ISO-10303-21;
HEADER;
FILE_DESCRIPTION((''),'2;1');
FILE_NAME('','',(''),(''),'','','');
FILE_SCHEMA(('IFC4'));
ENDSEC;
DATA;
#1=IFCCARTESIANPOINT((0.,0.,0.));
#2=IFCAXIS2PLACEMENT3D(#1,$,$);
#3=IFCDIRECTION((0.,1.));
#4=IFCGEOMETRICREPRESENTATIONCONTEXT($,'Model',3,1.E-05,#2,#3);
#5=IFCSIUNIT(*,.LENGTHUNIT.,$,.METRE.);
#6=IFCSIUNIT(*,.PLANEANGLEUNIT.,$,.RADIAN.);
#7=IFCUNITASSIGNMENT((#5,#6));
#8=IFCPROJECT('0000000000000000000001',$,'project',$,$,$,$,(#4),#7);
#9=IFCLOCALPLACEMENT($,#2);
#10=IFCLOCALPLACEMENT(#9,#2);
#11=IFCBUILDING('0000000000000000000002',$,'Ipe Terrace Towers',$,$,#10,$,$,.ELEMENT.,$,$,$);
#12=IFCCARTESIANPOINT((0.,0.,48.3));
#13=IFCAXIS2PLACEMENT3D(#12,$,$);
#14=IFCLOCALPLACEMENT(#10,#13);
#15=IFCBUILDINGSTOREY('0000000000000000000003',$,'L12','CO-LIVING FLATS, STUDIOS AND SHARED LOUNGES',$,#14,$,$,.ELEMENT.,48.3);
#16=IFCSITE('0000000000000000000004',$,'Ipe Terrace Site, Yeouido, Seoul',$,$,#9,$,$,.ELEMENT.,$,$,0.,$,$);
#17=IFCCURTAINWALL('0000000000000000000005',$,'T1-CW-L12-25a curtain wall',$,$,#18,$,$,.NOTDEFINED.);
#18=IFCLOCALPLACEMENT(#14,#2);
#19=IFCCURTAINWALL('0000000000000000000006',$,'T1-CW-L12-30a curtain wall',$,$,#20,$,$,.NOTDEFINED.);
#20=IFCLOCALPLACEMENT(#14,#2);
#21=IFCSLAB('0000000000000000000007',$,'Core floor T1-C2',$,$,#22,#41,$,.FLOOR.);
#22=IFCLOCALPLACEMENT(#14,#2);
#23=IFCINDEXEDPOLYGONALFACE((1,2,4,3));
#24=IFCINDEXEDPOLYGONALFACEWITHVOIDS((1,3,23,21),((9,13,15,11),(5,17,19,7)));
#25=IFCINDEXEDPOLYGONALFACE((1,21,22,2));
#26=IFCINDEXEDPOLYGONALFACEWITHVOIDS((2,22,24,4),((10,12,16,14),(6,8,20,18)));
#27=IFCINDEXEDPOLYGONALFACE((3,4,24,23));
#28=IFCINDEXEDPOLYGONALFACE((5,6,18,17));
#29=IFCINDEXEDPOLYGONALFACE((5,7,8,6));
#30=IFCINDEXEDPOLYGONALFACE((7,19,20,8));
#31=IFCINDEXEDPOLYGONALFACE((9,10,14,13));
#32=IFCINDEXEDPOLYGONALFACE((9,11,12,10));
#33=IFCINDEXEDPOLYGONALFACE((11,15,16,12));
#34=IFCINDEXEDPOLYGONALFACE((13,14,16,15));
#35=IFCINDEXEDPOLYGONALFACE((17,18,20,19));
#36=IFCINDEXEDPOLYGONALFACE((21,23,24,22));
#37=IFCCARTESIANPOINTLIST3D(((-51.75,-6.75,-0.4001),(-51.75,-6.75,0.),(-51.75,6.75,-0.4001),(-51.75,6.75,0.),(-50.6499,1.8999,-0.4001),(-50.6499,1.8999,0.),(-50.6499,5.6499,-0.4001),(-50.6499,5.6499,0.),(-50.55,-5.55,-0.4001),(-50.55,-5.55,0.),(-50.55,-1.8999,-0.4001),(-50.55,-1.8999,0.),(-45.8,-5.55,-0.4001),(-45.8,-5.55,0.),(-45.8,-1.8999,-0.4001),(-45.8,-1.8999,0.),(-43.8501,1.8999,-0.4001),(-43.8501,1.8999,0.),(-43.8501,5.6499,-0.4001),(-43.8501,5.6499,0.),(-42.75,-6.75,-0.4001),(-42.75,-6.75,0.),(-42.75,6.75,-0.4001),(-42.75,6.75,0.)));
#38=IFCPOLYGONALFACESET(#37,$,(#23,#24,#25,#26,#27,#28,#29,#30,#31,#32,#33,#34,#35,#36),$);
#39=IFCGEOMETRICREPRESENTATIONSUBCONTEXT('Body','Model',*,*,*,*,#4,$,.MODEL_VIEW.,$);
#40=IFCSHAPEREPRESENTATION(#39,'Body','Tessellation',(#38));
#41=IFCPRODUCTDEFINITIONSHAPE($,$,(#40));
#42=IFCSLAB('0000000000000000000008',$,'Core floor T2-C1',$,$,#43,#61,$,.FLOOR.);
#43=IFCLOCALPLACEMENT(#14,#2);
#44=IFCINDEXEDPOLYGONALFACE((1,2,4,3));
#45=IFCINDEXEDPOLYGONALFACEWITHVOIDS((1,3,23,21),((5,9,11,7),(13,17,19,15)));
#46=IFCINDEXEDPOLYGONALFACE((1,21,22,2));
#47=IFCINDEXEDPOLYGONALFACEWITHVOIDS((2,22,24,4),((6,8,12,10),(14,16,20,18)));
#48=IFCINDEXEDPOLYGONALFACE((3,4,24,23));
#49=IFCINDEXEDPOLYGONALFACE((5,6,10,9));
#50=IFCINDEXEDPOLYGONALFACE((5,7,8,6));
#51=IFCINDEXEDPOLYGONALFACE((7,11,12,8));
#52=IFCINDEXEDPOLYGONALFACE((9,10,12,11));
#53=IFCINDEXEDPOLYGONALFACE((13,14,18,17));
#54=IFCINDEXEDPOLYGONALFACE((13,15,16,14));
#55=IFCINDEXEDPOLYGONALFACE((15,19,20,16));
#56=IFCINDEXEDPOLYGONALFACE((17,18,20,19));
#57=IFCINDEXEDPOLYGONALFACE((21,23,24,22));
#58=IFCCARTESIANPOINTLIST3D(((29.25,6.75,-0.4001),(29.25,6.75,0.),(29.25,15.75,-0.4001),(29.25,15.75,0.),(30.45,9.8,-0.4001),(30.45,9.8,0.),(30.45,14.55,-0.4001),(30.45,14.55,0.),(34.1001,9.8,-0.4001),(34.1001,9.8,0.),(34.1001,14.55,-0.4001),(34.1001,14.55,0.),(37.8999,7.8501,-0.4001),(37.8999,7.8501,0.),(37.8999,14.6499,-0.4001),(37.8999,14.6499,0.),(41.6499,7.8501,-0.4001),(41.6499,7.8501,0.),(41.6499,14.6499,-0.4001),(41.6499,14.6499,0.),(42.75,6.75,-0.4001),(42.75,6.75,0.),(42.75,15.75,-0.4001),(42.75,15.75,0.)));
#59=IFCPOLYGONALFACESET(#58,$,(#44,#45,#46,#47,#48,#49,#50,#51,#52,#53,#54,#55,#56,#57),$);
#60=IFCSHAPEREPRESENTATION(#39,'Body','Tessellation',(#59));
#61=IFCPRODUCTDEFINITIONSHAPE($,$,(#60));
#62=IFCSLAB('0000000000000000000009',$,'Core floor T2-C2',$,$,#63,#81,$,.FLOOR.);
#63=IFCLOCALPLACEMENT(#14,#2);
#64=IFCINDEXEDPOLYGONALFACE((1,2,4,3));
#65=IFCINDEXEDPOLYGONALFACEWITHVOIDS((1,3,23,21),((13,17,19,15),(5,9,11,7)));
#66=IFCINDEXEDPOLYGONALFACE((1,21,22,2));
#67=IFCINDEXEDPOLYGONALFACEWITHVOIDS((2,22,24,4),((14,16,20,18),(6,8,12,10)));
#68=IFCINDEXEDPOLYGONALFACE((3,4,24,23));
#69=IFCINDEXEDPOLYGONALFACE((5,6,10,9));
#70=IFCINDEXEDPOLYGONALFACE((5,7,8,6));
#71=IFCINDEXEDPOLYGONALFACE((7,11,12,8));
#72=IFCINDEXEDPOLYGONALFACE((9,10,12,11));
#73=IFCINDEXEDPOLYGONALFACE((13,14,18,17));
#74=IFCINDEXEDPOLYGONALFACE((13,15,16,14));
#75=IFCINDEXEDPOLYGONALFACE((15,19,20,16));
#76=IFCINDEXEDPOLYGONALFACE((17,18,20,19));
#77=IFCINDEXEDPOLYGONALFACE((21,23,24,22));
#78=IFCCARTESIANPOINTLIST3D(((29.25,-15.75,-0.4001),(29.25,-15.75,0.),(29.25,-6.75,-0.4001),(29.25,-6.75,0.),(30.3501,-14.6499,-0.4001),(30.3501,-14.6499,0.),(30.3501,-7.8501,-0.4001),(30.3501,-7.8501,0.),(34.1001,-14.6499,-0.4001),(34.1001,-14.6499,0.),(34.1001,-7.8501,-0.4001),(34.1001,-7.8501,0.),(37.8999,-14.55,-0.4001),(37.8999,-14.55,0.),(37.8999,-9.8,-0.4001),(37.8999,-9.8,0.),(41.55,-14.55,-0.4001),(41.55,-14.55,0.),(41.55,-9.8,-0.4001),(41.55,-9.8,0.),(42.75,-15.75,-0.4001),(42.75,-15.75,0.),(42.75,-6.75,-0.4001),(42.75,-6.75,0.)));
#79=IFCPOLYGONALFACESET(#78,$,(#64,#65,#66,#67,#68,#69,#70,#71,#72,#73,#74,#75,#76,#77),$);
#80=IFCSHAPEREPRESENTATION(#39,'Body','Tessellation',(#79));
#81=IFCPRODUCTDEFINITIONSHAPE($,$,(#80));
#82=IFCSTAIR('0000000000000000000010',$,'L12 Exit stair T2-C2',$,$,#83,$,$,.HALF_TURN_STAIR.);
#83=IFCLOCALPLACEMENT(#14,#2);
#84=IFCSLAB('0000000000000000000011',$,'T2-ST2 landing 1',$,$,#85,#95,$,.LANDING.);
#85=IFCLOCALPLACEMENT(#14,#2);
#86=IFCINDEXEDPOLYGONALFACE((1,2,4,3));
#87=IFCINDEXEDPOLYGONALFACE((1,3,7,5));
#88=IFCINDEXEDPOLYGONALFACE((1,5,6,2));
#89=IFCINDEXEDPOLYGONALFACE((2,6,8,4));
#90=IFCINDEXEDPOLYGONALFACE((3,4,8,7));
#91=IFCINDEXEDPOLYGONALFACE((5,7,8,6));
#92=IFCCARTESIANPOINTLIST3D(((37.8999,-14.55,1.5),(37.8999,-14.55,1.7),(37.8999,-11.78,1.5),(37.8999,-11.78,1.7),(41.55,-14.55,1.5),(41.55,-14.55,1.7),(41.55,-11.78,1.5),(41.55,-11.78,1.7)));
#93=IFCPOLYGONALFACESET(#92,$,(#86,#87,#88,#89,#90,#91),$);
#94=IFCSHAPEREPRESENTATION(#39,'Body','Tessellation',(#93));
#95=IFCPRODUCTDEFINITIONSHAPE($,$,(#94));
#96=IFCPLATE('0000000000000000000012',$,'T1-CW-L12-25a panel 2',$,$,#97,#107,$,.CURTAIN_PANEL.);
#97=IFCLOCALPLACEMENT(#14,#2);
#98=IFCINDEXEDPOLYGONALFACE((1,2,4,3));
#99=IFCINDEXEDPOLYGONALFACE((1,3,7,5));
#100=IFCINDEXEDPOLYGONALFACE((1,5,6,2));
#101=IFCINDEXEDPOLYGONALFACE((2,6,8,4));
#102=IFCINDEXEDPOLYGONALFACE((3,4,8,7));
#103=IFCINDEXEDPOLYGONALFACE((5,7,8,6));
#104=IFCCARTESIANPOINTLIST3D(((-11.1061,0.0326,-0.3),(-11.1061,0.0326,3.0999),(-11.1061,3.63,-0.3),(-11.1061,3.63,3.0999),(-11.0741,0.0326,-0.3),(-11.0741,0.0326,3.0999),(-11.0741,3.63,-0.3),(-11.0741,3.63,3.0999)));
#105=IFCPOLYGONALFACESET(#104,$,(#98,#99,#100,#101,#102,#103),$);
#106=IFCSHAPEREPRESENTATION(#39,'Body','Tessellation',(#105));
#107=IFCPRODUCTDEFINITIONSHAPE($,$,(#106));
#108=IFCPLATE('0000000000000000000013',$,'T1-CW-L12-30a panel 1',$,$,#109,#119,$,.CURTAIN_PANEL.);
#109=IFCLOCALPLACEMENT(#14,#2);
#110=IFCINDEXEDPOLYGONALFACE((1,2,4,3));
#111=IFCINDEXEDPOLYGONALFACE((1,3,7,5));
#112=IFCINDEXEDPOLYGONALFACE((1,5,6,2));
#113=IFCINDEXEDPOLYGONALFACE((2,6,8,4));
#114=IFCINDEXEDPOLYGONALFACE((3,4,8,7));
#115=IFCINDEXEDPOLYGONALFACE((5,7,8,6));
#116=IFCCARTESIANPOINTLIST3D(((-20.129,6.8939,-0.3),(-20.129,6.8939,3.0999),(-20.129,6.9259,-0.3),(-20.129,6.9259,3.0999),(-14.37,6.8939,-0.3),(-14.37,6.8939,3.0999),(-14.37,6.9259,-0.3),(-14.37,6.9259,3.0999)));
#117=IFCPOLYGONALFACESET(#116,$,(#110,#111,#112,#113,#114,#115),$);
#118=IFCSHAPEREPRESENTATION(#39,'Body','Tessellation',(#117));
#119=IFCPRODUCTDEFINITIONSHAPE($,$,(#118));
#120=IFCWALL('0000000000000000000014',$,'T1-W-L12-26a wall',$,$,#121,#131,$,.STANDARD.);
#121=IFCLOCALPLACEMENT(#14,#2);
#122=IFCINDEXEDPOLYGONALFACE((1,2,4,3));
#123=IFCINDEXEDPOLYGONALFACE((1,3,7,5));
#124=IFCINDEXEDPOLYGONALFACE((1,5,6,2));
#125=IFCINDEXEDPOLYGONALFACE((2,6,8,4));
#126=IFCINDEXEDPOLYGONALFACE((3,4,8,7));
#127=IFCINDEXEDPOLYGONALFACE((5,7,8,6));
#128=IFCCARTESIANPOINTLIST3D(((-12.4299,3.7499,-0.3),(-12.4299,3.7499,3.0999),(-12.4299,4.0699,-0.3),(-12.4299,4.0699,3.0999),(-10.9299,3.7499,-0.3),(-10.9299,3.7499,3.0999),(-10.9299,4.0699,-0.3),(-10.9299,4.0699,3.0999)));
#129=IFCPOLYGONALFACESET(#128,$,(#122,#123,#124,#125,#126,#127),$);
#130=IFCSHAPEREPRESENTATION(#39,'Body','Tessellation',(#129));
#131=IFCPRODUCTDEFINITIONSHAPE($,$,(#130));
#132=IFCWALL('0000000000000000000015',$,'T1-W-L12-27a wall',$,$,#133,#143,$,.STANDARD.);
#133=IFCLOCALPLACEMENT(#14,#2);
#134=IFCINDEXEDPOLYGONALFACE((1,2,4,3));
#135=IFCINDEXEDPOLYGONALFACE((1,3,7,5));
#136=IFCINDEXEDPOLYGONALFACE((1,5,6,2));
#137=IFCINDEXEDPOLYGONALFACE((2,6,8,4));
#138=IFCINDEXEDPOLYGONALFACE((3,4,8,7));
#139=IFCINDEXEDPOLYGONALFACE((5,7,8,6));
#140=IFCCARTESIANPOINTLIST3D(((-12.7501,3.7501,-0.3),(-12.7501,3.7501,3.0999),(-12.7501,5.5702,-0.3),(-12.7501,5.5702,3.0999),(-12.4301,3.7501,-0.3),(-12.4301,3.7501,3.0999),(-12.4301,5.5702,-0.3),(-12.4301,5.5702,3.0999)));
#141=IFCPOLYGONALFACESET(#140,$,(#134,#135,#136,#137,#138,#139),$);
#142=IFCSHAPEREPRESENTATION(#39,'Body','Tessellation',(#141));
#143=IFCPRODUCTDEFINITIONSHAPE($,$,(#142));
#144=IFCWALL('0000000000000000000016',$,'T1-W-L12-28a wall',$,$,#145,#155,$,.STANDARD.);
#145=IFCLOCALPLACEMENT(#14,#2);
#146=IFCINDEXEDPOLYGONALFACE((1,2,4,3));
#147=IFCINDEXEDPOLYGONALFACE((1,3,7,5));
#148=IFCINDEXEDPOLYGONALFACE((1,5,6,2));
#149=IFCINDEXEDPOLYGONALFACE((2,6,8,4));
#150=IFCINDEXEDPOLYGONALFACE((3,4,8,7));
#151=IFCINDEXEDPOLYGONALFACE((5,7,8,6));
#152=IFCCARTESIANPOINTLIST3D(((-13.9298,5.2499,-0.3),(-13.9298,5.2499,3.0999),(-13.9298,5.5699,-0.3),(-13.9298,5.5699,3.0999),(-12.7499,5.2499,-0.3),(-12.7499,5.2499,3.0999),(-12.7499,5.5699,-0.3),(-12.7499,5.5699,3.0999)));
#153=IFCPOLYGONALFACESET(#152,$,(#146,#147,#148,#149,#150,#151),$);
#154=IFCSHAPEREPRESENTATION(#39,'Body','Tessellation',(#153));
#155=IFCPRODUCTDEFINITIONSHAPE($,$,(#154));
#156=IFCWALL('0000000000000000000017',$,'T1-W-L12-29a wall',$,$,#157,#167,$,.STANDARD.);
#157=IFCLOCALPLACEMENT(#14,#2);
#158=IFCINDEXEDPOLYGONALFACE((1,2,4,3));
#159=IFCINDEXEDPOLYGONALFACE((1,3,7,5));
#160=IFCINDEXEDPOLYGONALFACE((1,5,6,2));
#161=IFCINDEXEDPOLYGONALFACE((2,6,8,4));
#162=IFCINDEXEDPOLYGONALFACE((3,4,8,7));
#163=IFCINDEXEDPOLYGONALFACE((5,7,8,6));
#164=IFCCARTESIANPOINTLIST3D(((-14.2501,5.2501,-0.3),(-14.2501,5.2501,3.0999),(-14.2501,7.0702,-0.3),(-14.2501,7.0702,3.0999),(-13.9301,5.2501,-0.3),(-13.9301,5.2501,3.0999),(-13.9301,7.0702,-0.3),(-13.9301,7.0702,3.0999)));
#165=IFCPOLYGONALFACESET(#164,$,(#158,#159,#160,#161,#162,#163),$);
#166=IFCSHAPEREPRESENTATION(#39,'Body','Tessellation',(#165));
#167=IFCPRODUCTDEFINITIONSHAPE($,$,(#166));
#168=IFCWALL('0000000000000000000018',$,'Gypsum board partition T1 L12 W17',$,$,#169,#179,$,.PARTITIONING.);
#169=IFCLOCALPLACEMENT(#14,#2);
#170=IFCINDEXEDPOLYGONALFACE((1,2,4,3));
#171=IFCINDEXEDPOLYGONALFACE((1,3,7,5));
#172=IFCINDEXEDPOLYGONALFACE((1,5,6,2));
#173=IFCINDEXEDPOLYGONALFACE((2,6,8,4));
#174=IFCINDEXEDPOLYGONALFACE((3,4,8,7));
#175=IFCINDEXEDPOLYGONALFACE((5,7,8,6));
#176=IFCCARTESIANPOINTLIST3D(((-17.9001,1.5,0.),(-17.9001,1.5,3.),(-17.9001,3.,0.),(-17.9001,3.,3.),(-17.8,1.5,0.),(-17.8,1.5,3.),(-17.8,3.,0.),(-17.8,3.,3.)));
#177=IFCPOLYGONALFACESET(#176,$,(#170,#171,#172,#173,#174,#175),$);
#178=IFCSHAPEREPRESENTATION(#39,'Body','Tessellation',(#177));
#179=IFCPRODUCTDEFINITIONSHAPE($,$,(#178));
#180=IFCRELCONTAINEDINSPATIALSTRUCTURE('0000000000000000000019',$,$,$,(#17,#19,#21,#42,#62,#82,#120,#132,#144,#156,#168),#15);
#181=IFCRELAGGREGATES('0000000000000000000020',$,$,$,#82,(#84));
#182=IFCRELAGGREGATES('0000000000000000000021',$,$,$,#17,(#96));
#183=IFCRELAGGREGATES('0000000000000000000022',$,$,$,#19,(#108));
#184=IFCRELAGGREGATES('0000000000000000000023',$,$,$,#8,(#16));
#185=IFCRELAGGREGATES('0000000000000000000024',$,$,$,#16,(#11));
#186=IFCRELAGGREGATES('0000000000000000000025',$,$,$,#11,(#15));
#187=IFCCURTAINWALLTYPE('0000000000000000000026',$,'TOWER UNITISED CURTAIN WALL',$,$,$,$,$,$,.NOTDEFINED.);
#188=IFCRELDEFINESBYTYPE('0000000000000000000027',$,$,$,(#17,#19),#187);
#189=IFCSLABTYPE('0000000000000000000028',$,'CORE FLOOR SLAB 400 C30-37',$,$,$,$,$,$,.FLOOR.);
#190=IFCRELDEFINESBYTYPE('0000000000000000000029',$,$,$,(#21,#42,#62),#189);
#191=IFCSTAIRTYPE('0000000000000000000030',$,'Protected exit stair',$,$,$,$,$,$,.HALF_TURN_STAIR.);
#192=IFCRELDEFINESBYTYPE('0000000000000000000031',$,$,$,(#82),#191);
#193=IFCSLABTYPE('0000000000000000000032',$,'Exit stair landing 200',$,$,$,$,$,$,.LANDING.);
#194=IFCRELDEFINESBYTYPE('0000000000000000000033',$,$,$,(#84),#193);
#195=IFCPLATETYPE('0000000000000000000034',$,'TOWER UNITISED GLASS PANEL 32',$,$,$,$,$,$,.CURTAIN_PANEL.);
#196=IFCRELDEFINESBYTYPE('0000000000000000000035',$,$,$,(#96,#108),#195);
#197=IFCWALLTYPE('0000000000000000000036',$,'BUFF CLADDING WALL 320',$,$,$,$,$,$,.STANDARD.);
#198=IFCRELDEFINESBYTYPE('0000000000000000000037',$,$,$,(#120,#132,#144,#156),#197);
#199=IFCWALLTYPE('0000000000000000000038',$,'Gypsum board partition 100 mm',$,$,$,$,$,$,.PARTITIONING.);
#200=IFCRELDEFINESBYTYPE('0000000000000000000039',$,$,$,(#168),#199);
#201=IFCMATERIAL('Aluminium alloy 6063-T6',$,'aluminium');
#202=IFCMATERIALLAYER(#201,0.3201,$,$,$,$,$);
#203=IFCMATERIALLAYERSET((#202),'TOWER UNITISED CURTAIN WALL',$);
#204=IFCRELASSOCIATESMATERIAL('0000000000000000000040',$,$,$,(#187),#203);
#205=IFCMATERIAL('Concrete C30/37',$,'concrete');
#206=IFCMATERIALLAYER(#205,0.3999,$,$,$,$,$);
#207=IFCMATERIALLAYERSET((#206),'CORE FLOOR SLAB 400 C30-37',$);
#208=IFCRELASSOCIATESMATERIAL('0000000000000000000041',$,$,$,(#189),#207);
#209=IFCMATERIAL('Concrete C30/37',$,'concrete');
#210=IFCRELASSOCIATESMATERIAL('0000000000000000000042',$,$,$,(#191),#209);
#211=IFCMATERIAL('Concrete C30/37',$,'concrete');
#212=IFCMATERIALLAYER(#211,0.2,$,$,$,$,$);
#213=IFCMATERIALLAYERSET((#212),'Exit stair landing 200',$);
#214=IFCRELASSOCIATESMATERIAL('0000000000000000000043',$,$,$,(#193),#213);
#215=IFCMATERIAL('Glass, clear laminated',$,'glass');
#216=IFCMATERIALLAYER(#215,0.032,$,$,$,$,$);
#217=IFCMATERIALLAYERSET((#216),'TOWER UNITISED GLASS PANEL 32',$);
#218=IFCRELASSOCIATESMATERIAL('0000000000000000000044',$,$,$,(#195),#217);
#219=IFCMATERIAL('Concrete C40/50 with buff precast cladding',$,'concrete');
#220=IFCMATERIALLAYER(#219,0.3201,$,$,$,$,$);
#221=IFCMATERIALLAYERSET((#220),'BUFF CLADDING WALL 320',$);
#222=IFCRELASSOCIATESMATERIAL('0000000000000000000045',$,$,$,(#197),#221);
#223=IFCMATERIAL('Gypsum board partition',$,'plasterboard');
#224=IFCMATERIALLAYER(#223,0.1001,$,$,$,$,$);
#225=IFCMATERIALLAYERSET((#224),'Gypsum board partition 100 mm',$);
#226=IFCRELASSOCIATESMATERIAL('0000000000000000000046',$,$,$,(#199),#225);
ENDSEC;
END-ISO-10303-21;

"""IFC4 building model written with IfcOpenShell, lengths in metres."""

from ifc_helpers import new_model, si_unit, direction, frame, frame_2d, origin, origin_2d, place, context, subcontext, project, spatial, polyline, rectangle, outline, extrude, material, layer, layer_set, type_object, element, aggregate, save


model = new_model("IFC4")

# Units and contexts
model_context = context("Model", 3, precision=1e-05, world=origin(), true_north=direction((0.0, 1.0)))
body_context = subcontext(model_context, "Body", "Model", "MODEL_VIEW")
ifc_project = project(units=[si_unit("LENGTHUNIT", "METRE"), si_unit("PLANEANGLEUNIT", "RADIAN")], contexts=[model_context])

# Site, building, storey
site_placement = place(None, origin())
site = spatial("IfcSite", under=ifc_project, at=site_placement, Name="Ipe Terrace Site, Yeouido, Seoul", CompositionType="ELEMENT", RefElevation=0.0)
building_placement = place(site_placement, origin())
building = spatial("IfcBuilding", under=site, at=building_placement, Name="Ipe Terrace Towers", CompositionType="ELEMENT")
storey_placement = place(building_placement, frame((0.0, 0.0, 48.3)))
storey = spatial("IfcBuildingStorey", under=building, at=storey_placement, Name="L12", Description="CO-LIVING FLATS, STUDIOS AND SHARED LOUNGES", CompositionType="ELEMENT", Elevation=48.3)

# Curtain wall
ifc_material_1 = material(Name="Aluminium alloy 6063-T6", Category="aluminium")
ifc_layer_1 = layer(ifc_material_1, 0.3201)
ifc_layer_set_1 = layer_set([ifc_layer_1], Name="TOWER UNITISED CURTAIN WALL")
curtain_wall_type = type_object("IfcCurtainWallType", Name="TOWER UNITISED CURTAIN WALL", PredefinedType="NOTDEFINED", material=ifc_layer_set_1)
curtain_wall_1_placement = place(storey_placement, origin())
curtain_wall_1 = element("IfcCurtainWall", 1, at=curtain_wall_1_placement, inside=storey, type_object=curtain_wall_type, Name="T1-CW-L12-25a curtain wall", PredefinedType="NOTDEFINED")

# Curtain wall
curtain_wall_2_placement = place(storey_placement, origin())
curtain_wall_2 = element("IfcCurtainWall", 2, at=curtain_wall_2_placement, inside=storey, type_object=curtain_wall_type, Name="T1-CW-L12-30a curtain wall", PredefinedType="NOTDEFINED")

# Slabs
ifc_material_2 = material(Name="Concrete C30/37", Category="concrete")
ifc_layer_2 = layer(ifc_material_2, 0.3999)
ifc_layer_set_2 = layer_set([ifc_layer_2], Name="CORE FLOOR SLAB 400 C30-37")
slab_type_1 = type_object("IfcSlabType", Name="CORE FLOOR SLAB 400 C30-37", PredefinedType="FLOOR", material=ifc_layer_set_2)
slab_1_placement = place(storey_placement, frame((0.0, 0.0, -0.4001)))
element("IfcSlab", 3, at=slab_1_placement, inside=storey, type_object=slab_type_1, Name="Core floor T1-C2", PredefinedType="FLOOR", context=body_context, shape_type="SweptSolid", body=[
    extrude(outline(polyline([(-51.75, -6.75), (-51.75, 6.75), (-42.75, 6.75), (-42.75, -6.75), (-51.75, -6.75)]), holes=[polyline([(-45.8, -5.55), (-45.8, -1.8999), (-50.55, -1.8999), (-50.55, -5.55), (-45.8, -5.55)]), polyline([(-50.6499, 1.8999), (-43.8501, 1.8999), (-43.8501, 5.6499), (-50.6499, 5.6499), (-50.6499, 1.8999)])]), origin(), (0.0, 0.0, 1.0), 0.4001),
])
slab_2_placement = place(storey_placement, frame((0.0, 0.0, -0.4001)))
element("IfcSlab", 4, at=slab_2_placement, inside=storey, type_object=slab_type_1, Name="Core floor T2-C1", PredefinedType="FLOOR", context=body_context, shape_type="SweptSolid", body=[
    extrude(outline(polyline([(29.25, 6.75), (29.25, 15.75), (42.75, 15.75), (42.75, 6.75), (29.25, 6.75)]), holes=[polyline([(41.6499, 7.8501), (41.6499, 14.6499), (37.8999, 14.6499), (37.8999, 7.8501), (41.6499, 7.8501)]), polyline([(30.45, 9.8), (34.1001, 9.8), (34.1001, 14.55), (30.45, 14.55), (30.45, 9.8)])]), origin(), (0.0, 0.0, 1.0), 0.4001),
])
slab_3_placement = place(storey_placement, frame((0.0, 0.0, -0.4001)))
element("IfcSlab", 5, at=slab_3_placement, inside=storey, type_object=slab_type_1, Name="Core floor T2-C2", PredefinedType="FLOOR", context=body_context, shape_type="SweptSolid", body=[
    extrude(outline(polyline([(29.25, -15.75), (29.25, -6.75), (42.75, -6.75), (42.75, -15.75), (29.25, -15.75)]), holes=[polyline([(34.1001, -14.6499), (34.1001, -7.8501), (30.3501, -7.8501), (30.3501, -14.6499), (34.1001, -14.6499)]), polyline([(41.55, -9.8), (37.8999, -9.8), (37.8999, -14.55), (41.55, -14.55), (41.55, -9.8)])]), origin(), (0.0, 0.0, 1.0), 0.4001),
])

# Stair, slab
ifc_material_3 = material(Name="Concrete C30/37", Category="concrete")
stair_type = type_object("IfcStairType", Name="Protected exit stair", PredefinedType="HALF_TURN_STAIR", material=ifc_material_3)
stair_placement = place(storey_placement, origin())
stair = element("IfcStair", 6, at=stair_placement, inside=storey, type_object=stair_type, Name="L12 Exit stair T2-C2", PredefinedType="HALF_TURN_STAIR")
ifc_material_4 = material(Name="Concrete C30/37", Category="concrete")
ifc_layer_3 = layer(ifc_material_4, 0.2)
ifc_layer_set_3 = layer_set([ifc_layer_3], Name="Exit stair landing 200")
slab_type_2 = type_object("IfcSlabType", Name="Exit stair landing 200", PredefinedType="LANDING", material=ifc_layer_set_3)
slab_4_placement = place(storey_placement, frame((0.0, 0.0, 1.5)))
slab_4 = element("IfcSlab", 7, at=slab_4_placement, type_object=slab_type_2, Name="T2-ST2 landing 1", PredefinedType="LANDING", context=body_context, shape_type="SweptSolid", body=[
    extrude(outline(polyline([(37.8999, -11.78), (37.8999, -14.55), (41.55, -14.55), (41.55, -11.78), (37.8999, -11.78)])), origin(), (0.0, 0.0, 1.0), 0.2),
])
aggregate(stair, [slab_4])

# Plates
ifc_material_5 = material(Name="Glass, clear laminated", Category="glass")
ifc_layer_4 = layer(ifc_material_5, 0.032)
ifc_layer_set_4 = layer_set([ifc_layer_4], Name="TOWER UNITISED GLASS PANEL 32")
plate_type = type_object("IfcPlateType", Name="TOWER UNITISED GLASS PANEL 32", PredefinedType="CURTAIN_PANEL", material=ifc_layer_set_4)
plate_1_placement = place(storey_placement, frame((-11.0901, 1.8313, -0.3), z_axis=(0.0, 0.0, 1.0), x_axis=(0.0, 1.0, 0.0)))
plate_1 = element("IfcPlate", 8, at=plate_1_placement, type_object=plate_type, Name="T1-CW-L12-25a panel 2", PredefinedType="CURTAIN_PANEL", context=body_context, shape_type="SweptSolid", body=[
    extrude(rectangle(XDim=3.5974, YDim=0.032, at=origin_2d()), origin(), (0.0, 0.0, 1.0), 3.3999),
])
aggregate(curtain_wall_1, [plate_1])
plate_2_placement = place(storey_placement, frame((-17.2495, 6.9099, -0.3), z_axis=(0.0, 0.0, 1.0), x_axis=(-1.0, 0.0, 0.0)))
plate_2 = element("IfcPlate", 9, at=plate_2_placement, type_object=plate_type, Name="T1-CW-L12-30a panel 1", PredefinedType="CURTAIN_PANEL", context=body_context, shape_type="SweptSolid", body=[
    extrude(rectangle(XDim=5.759, YDim=0.032, at=origin_2d()), origin(), (0.0, 0.0, 1.0), 3.3999),
])
aggregate(curtain_wall_2, [plate_2])

# Walls
ifc_material_6 = material(Name="Concrete C40/50 with buff precast cladding", Category="concrete")
ifc_layer_5 = layer(ifc_material_6, 0.3201)
ifc_layer_set_5 = layer_set([ifc_layer_5], Name="BUFF CLADDING WALL 320")
wall_type_1 = type_object("IfcWallType", Name="BUFF CLADDING WALL 320", PredefinedType="STANDARD", material=ifc_layer_set_5)
wall_1_placement = place(storey_placement, frame((-10.9299, 3.9099, -0.3), z_axis=(0.0, 0.0, 1.0), x_axis=(-1.0, 0.0, 0.0)))
element("IfcWall", 10, at=wall_1_placement, inside=storey, type_object=wall_type_1, Name="T1-W-L12-26a wall", PredefinedType="STANDARD", context=body_context, shape_type="SweptSolid", body=[
    extrude(rectangle(XDim=1.5, YDim=0.3201, at=frame_2d((0.75, 0.0))), origin(), (0.0, 0.0, 1.0), 3.3999),
])
wall_2_placement = place(storey_placement, frame((-12.5901, 3.75, -0.3), z_axis=(0.0, 0.0, 1.0), x_axis=(0.0, 1.0, 0.0)))
element("IfcWall", 11, at=wall_2_placement, inside=storey, type_object=wall_type_1, Name="T1-W-L12-27a wall", PredefinedType="STANDARD", context=body_context, shape_type="SweptSolid", body=[
    extrude(rectangle(XDim=1.8201, YDim=0.3201, at=frame_2d((0.9102, 0.0))), origin(), (0.0, 0.0, 1.0), 3.3999),
])
wall_3_placement = place(storey_placement, frame((-12.75, 5.4099, -0.3), z_axis=(0.0, 0.0, 1.0), x_axis=(-1.0, 0.0, 0.0)))
element("IfcWall", 12, at=wall_3_placement, inside=storey, type_object=wall_type_1, Name="T1-W-L12-28a wall", PredefinedType="STANDARD", context=body_context, shape_type="SweptSolid", body=[
    extrude(rectangle(XDim=1.1799, YDim=0.3201, at=frame_2d((0.5898, 0.0))), origin(), (0.0, 0.0, 1.0), 3.3999),
])
wall_4_placement = place(storey_placement, frame((-14.0901, 5.25, -0.3), z_axis=(0.0, 0.0, 1.0), x_axis=(0.0, 1.0, 0.0)))
element("IfcWall", 13, at=wall_4_placement, inside=storey, type_object=wall_type_1, Name="T1-W-L12-29a wall", PredefinedType="STANDARD", context=body_context, shape_type="SweptSolid", body=[
    extrude(rectangle(XDim=1.8201, YDim=0.3201, at=frame_2d((0.9102, 0.0))), origin(), (0.0, 0.0, 1.0), 3.3999),
])
ifc_material_7 = material(Name="Gypsum board partition", Category="plasterboard")
ifc_layer_6 = layer(ifc_material_7, 0.1001)
ifc_layer_set_6 = layer_set([ifc_layer_6], Name="Gypsum board partition 100 mm")
wall_type_2 = type_object("IfcWallType", Name="Gypsum board partition 100 mm", PredefinedType="PARTITIONING", material=ifc_layer_set_6)
wall_5_placement = place(storey_placement, frame((-17.8501, 1.5, 0.0), z_axis=(0.0, 0.0, 1.0), x_axis=(0.0, 1.0, 0.0)))
element("IfcWall", 14, at=wall_5_placement, inside=storey, type_object=wall_type_2, Name="Gypsum board partition T1 L12 W17", PredefinedType="PARTITIONING", context=body_context, shape_type="SweptSolid", body=[
    extrude(rectangle(XDim=1.5, YDim=0.1001, at=frame_2d((0.75, 0.0))), origin(), (0.0, 0.0, 1.0), 3.0),
])

save(model, "model.ifc")
